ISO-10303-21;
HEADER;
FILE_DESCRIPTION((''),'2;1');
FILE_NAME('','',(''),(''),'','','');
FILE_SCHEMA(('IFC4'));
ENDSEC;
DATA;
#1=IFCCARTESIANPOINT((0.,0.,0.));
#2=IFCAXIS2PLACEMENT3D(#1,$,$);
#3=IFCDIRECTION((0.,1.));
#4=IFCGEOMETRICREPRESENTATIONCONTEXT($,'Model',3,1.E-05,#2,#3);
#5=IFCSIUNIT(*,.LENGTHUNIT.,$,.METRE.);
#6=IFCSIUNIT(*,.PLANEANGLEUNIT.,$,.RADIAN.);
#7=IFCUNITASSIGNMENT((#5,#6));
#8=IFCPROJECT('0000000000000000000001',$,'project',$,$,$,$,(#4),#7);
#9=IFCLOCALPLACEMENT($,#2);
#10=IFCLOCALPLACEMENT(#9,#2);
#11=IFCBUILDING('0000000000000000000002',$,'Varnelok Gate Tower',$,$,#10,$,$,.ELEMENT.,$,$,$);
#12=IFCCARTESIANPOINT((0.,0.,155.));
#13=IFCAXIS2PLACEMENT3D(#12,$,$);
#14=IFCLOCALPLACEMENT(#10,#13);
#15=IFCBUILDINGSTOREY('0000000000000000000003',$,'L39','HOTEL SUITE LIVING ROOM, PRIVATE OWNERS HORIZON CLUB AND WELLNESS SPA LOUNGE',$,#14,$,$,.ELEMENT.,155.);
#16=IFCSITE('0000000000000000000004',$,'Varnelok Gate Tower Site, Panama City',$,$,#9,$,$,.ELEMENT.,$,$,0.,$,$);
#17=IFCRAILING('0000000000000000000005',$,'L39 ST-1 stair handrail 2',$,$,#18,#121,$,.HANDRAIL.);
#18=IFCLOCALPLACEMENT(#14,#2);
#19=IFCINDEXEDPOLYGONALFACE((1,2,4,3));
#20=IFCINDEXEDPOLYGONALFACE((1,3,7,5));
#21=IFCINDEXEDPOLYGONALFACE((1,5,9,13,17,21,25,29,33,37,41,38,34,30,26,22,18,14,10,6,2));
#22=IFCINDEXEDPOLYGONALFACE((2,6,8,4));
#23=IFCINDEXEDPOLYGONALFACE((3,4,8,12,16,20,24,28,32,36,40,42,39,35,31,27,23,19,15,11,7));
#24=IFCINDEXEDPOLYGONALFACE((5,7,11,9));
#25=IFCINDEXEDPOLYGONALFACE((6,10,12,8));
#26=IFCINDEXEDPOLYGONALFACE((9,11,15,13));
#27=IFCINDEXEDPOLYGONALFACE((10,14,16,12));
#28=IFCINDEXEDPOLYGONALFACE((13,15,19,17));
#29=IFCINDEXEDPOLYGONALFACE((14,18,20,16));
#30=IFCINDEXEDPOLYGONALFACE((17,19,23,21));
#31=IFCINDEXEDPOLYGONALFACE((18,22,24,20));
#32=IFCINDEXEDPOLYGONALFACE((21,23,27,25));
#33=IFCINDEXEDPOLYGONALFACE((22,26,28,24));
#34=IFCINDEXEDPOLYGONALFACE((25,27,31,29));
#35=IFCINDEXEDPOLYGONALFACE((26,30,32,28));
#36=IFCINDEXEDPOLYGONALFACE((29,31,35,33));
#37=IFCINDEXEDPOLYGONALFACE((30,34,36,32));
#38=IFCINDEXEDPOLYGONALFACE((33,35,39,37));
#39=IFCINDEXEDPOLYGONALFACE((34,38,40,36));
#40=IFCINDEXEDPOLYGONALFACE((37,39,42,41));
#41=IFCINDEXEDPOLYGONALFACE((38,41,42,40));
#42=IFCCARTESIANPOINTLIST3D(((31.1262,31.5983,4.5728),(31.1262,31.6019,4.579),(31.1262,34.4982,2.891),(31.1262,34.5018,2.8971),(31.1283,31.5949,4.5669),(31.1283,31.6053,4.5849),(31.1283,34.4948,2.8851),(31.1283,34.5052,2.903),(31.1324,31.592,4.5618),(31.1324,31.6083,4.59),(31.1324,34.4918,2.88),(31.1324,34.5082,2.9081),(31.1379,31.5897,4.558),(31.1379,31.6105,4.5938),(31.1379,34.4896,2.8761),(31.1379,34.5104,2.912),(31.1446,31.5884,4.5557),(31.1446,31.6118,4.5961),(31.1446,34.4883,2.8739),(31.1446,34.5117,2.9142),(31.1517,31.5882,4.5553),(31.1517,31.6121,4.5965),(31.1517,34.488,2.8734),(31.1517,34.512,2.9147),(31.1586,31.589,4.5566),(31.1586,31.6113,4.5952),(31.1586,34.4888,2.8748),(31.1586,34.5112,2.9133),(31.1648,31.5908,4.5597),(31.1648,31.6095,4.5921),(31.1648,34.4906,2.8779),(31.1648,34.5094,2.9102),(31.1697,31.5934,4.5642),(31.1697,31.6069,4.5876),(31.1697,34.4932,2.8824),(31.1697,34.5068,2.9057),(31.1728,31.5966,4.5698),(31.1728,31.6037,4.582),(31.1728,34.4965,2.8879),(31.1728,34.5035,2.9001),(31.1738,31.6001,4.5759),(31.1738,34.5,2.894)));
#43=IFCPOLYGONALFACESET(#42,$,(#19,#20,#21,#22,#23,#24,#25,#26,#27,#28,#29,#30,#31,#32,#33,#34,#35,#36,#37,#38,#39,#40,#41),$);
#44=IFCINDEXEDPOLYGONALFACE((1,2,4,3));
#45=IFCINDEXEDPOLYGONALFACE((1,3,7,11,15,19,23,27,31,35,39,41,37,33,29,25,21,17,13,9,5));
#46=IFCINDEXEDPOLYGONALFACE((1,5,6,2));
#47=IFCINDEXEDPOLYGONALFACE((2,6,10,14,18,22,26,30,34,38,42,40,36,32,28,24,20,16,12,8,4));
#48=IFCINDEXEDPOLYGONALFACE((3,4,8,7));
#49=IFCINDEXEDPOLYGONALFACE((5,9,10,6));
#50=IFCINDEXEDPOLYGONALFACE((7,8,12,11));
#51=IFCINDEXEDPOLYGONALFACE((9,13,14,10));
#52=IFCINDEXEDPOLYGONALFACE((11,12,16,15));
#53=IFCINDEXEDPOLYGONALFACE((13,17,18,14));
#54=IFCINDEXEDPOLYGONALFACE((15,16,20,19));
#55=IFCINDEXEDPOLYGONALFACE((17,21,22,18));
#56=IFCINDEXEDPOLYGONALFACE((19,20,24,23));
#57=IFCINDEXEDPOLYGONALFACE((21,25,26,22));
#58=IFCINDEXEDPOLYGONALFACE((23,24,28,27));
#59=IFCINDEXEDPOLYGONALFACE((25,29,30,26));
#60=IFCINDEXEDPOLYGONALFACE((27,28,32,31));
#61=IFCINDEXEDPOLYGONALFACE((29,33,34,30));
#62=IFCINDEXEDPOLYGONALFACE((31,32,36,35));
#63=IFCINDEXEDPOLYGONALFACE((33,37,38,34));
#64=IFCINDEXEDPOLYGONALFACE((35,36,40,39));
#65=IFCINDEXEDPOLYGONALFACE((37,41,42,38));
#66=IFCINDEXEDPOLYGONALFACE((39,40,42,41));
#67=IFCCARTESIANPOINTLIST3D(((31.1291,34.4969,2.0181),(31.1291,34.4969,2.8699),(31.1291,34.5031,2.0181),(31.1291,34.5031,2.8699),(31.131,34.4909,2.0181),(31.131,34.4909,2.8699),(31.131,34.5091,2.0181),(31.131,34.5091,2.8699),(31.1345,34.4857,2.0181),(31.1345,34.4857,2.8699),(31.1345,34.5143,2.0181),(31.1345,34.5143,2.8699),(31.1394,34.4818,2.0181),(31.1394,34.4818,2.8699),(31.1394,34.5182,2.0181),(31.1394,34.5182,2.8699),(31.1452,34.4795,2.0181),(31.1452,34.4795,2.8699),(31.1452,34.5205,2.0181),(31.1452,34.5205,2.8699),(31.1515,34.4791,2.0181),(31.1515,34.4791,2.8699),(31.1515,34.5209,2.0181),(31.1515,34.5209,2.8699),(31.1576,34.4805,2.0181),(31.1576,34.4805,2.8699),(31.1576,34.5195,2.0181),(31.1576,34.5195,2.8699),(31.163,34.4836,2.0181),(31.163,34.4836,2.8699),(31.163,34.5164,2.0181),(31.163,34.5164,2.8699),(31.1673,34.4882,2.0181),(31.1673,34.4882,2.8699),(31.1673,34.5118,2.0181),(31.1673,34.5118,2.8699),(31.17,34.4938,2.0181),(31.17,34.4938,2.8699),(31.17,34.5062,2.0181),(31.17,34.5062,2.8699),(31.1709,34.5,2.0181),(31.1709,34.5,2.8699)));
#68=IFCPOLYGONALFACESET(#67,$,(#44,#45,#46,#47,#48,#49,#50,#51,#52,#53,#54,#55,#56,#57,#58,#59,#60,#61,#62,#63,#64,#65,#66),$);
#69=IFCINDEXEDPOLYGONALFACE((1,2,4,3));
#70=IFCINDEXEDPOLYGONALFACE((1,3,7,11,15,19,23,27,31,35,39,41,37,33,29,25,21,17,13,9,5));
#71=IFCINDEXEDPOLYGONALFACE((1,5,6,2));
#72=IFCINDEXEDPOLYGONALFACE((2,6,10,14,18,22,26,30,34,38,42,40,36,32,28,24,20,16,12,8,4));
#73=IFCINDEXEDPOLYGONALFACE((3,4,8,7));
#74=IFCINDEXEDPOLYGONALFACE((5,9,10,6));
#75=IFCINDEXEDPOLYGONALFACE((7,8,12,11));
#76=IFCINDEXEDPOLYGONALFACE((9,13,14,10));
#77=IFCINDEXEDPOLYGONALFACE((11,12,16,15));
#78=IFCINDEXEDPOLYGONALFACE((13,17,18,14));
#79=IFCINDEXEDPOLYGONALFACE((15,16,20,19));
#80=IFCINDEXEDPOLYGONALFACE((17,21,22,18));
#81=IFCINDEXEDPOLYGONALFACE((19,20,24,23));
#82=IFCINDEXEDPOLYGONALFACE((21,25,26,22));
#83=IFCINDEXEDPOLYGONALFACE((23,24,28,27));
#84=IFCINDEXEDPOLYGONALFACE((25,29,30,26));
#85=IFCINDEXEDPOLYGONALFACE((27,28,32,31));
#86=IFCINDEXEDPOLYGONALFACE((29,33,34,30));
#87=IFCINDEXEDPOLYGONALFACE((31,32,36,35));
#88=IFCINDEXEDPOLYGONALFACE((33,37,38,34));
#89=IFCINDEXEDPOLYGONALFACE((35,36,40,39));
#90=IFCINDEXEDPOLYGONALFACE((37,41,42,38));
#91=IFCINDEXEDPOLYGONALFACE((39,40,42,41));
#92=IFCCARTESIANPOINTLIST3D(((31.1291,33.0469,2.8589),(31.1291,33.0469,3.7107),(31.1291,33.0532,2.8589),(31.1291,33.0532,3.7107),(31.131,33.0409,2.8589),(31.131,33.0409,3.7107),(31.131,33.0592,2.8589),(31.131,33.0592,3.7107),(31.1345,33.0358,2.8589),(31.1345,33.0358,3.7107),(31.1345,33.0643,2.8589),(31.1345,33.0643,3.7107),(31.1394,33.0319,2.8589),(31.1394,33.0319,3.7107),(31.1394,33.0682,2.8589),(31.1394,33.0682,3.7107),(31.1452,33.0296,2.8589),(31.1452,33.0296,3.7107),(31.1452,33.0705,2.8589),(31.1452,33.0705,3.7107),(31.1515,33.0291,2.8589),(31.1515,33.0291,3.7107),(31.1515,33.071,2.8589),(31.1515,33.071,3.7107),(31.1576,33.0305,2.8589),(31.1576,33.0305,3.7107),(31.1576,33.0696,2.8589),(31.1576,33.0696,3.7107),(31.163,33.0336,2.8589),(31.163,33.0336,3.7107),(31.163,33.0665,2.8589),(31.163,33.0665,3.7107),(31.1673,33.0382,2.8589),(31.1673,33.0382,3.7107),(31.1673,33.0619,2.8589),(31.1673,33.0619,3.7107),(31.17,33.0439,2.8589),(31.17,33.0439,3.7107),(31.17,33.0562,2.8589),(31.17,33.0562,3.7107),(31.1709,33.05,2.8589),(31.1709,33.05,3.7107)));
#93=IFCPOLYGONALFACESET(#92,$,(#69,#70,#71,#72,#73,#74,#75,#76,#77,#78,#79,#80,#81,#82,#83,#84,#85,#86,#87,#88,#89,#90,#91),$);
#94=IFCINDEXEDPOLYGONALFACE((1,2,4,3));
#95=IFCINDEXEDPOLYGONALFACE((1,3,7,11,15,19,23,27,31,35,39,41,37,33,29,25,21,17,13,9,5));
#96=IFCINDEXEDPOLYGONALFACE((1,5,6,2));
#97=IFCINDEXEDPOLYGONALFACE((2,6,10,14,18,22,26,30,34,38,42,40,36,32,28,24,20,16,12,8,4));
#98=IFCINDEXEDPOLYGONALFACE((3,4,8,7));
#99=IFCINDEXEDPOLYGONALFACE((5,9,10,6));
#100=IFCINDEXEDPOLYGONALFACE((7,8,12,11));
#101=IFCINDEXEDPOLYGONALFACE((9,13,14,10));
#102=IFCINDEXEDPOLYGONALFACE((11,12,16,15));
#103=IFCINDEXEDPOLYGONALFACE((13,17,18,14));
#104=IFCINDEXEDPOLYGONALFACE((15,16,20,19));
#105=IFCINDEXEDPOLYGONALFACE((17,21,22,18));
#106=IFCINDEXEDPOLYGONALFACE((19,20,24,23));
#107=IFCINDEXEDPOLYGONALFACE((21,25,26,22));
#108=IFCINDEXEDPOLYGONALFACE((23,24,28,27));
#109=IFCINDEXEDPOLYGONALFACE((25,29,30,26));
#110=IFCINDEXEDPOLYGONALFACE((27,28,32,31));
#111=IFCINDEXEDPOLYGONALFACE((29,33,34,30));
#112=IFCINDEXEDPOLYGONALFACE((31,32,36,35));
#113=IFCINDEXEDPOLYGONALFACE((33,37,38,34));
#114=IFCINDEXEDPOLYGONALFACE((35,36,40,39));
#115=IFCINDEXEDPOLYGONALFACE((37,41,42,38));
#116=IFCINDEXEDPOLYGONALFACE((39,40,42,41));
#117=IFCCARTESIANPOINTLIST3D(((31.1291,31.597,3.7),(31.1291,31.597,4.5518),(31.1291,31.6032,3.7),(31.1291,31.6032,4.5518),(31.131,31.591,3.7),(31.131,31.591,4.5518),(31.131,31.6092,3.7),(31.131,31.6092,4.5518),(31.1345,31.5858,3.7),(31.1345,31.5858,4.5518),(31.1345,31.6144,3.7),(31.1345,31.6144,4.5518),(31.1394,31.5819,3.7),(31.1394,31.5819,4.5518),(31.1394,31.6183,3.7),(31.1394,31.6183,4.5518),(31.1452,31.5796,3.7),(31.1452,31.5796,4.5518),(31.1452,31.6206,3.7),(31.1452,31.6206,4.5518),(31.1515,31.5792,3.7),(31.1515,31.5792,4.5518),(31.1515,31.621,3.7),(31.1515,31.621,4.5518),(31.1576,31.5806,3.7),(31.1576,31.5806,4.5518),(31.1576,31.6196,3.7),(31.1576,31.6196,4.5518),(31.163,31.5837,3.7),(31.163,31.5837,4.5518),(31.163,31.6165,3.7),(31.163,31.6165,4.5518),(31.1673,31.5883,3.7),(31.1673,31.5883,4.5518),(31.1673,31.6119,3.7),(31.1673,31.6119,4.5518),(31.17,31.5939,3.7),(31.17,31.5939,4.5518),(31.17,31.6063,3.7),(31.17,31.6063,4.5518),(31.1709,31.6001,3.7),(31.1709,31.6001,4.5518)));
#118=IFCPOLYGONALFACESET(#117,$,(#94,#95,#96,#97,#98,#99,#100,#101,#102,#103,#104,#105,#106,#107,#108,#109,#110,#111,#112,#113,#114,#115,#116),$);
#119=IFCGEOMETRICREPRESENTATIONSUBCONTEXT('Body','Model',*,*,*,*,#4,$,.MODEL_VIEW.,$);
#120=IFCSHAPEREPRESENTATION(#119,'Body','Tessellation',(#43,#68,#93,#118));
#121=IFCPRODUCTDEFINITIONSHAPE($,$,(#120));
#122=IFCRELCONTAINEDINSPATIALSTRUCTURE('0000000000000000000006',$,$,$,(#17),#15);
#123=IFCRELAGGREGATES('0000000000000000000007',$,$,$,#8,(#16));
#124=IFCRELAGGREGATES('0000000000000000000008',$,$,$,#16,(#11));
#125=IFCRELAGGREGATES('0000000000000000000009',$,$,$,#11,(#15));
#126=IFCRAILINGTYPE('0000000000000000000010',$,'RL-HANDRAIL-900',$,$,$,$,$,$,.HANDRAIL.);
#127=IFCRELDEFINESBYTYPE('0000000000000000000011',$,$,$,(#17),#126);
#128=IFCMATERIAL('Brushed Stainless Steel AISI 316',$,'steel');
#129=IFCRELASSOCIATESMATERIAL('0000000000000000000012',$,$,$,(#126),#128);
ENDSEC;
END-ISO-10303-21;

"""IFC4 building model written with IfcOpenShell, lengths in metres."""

from ifc_helpers import new_model, si_unit, direction, frame, origin, origin_2d, place, context, subcontext, project, spatial, circle, extrude, material, type_object, element, save


model = new_model("IFC4")

# Units and contexts
model_context = context("Model", 3, precision=1e-05, world=origin(), true_north=direction((0.0, 1.0)))
body_context = subcontext(model_context, "Body", "Model", "MODEL_VIEW")
ifc_project = project(units=[si_unit("LENGTHUNIT", "METRE"), si_unit("PLANEANGLEUNIT", "RADIAN")], contexts=[model_context])

# Site, building, storey
site_placement = place(None, origin())
site = spatial("IfcSite", under=ifc_project, at=site_placement, Name="Varnelok Gate Tower Site, Panama City", CompositionType="ELEMENT", RefElevation=0.0)
building_placement = place(site_placement, origin())
building = spatial("IfcBuilding", under=site, at=building_placement, Name="Varnelok Gate Tower", CompositionType="ELEMENT")
storey_placement = place(building_placement, frame((0.0, 0.0, 155.0)))
storey = spatial("IfcBuildingStorey", under=building, at=storey_placement, Name="L39", Description="HOTEL SUITE LIVING ROOM, PRIVATE OWNERS HORIZON CLUB AND WELLNESS SPA LOUNGE", CompositionType="ELEMENT", Elevation=155.0)

# Railing
ifc_material_1 = material(Name="Brushed Stainless Steel AISI 316", Category="steel")
railing_type_1 = type_object("IfcRailingType", Name="RL-HANDRAIL-900", PredefinedType="HANDRAIL", material=ifc_material_1)
railing_1_placement = place(storey_placement, frame((31.1499, 34.5, 2.0181)))
element("IfcRailing", 1, at=railing_1_placement, inside=storey, type_object=railing_type_1, Name="L39 ST-1 stair handrail 2", PredefinedType="HANDRAIL", context=body_context, shape_type="SweptSolid", body=[
    extrude(circle(Radius=0.0239, at=origin_2d()), frame((0.0, 0.0, 0.876), z_axis=(0.0, -0.865039, 0.501705), x_axis=(1.0, 0.0, 0.0)), (0.0, 0.0, 1.0), 3.3523),
    extrude(circle(Radius=0.021, at=origin_2d()), origin(), (0.0, 0.0, 1.0), 0.8518),
    extrude(circle(Radius=0.021, at=origin_2d()), frame((0.0, -1.45, 0.8408)), (0.0, 0.0, 1.0), 0.8518),
    extrude(circle(Radius=0.021, at=origin_2d()), frame((0.0, -2.8999, 1.6819)), (0.0, 0.0, 1.0), 0.8518),
])

save(model, "model.ifc")
